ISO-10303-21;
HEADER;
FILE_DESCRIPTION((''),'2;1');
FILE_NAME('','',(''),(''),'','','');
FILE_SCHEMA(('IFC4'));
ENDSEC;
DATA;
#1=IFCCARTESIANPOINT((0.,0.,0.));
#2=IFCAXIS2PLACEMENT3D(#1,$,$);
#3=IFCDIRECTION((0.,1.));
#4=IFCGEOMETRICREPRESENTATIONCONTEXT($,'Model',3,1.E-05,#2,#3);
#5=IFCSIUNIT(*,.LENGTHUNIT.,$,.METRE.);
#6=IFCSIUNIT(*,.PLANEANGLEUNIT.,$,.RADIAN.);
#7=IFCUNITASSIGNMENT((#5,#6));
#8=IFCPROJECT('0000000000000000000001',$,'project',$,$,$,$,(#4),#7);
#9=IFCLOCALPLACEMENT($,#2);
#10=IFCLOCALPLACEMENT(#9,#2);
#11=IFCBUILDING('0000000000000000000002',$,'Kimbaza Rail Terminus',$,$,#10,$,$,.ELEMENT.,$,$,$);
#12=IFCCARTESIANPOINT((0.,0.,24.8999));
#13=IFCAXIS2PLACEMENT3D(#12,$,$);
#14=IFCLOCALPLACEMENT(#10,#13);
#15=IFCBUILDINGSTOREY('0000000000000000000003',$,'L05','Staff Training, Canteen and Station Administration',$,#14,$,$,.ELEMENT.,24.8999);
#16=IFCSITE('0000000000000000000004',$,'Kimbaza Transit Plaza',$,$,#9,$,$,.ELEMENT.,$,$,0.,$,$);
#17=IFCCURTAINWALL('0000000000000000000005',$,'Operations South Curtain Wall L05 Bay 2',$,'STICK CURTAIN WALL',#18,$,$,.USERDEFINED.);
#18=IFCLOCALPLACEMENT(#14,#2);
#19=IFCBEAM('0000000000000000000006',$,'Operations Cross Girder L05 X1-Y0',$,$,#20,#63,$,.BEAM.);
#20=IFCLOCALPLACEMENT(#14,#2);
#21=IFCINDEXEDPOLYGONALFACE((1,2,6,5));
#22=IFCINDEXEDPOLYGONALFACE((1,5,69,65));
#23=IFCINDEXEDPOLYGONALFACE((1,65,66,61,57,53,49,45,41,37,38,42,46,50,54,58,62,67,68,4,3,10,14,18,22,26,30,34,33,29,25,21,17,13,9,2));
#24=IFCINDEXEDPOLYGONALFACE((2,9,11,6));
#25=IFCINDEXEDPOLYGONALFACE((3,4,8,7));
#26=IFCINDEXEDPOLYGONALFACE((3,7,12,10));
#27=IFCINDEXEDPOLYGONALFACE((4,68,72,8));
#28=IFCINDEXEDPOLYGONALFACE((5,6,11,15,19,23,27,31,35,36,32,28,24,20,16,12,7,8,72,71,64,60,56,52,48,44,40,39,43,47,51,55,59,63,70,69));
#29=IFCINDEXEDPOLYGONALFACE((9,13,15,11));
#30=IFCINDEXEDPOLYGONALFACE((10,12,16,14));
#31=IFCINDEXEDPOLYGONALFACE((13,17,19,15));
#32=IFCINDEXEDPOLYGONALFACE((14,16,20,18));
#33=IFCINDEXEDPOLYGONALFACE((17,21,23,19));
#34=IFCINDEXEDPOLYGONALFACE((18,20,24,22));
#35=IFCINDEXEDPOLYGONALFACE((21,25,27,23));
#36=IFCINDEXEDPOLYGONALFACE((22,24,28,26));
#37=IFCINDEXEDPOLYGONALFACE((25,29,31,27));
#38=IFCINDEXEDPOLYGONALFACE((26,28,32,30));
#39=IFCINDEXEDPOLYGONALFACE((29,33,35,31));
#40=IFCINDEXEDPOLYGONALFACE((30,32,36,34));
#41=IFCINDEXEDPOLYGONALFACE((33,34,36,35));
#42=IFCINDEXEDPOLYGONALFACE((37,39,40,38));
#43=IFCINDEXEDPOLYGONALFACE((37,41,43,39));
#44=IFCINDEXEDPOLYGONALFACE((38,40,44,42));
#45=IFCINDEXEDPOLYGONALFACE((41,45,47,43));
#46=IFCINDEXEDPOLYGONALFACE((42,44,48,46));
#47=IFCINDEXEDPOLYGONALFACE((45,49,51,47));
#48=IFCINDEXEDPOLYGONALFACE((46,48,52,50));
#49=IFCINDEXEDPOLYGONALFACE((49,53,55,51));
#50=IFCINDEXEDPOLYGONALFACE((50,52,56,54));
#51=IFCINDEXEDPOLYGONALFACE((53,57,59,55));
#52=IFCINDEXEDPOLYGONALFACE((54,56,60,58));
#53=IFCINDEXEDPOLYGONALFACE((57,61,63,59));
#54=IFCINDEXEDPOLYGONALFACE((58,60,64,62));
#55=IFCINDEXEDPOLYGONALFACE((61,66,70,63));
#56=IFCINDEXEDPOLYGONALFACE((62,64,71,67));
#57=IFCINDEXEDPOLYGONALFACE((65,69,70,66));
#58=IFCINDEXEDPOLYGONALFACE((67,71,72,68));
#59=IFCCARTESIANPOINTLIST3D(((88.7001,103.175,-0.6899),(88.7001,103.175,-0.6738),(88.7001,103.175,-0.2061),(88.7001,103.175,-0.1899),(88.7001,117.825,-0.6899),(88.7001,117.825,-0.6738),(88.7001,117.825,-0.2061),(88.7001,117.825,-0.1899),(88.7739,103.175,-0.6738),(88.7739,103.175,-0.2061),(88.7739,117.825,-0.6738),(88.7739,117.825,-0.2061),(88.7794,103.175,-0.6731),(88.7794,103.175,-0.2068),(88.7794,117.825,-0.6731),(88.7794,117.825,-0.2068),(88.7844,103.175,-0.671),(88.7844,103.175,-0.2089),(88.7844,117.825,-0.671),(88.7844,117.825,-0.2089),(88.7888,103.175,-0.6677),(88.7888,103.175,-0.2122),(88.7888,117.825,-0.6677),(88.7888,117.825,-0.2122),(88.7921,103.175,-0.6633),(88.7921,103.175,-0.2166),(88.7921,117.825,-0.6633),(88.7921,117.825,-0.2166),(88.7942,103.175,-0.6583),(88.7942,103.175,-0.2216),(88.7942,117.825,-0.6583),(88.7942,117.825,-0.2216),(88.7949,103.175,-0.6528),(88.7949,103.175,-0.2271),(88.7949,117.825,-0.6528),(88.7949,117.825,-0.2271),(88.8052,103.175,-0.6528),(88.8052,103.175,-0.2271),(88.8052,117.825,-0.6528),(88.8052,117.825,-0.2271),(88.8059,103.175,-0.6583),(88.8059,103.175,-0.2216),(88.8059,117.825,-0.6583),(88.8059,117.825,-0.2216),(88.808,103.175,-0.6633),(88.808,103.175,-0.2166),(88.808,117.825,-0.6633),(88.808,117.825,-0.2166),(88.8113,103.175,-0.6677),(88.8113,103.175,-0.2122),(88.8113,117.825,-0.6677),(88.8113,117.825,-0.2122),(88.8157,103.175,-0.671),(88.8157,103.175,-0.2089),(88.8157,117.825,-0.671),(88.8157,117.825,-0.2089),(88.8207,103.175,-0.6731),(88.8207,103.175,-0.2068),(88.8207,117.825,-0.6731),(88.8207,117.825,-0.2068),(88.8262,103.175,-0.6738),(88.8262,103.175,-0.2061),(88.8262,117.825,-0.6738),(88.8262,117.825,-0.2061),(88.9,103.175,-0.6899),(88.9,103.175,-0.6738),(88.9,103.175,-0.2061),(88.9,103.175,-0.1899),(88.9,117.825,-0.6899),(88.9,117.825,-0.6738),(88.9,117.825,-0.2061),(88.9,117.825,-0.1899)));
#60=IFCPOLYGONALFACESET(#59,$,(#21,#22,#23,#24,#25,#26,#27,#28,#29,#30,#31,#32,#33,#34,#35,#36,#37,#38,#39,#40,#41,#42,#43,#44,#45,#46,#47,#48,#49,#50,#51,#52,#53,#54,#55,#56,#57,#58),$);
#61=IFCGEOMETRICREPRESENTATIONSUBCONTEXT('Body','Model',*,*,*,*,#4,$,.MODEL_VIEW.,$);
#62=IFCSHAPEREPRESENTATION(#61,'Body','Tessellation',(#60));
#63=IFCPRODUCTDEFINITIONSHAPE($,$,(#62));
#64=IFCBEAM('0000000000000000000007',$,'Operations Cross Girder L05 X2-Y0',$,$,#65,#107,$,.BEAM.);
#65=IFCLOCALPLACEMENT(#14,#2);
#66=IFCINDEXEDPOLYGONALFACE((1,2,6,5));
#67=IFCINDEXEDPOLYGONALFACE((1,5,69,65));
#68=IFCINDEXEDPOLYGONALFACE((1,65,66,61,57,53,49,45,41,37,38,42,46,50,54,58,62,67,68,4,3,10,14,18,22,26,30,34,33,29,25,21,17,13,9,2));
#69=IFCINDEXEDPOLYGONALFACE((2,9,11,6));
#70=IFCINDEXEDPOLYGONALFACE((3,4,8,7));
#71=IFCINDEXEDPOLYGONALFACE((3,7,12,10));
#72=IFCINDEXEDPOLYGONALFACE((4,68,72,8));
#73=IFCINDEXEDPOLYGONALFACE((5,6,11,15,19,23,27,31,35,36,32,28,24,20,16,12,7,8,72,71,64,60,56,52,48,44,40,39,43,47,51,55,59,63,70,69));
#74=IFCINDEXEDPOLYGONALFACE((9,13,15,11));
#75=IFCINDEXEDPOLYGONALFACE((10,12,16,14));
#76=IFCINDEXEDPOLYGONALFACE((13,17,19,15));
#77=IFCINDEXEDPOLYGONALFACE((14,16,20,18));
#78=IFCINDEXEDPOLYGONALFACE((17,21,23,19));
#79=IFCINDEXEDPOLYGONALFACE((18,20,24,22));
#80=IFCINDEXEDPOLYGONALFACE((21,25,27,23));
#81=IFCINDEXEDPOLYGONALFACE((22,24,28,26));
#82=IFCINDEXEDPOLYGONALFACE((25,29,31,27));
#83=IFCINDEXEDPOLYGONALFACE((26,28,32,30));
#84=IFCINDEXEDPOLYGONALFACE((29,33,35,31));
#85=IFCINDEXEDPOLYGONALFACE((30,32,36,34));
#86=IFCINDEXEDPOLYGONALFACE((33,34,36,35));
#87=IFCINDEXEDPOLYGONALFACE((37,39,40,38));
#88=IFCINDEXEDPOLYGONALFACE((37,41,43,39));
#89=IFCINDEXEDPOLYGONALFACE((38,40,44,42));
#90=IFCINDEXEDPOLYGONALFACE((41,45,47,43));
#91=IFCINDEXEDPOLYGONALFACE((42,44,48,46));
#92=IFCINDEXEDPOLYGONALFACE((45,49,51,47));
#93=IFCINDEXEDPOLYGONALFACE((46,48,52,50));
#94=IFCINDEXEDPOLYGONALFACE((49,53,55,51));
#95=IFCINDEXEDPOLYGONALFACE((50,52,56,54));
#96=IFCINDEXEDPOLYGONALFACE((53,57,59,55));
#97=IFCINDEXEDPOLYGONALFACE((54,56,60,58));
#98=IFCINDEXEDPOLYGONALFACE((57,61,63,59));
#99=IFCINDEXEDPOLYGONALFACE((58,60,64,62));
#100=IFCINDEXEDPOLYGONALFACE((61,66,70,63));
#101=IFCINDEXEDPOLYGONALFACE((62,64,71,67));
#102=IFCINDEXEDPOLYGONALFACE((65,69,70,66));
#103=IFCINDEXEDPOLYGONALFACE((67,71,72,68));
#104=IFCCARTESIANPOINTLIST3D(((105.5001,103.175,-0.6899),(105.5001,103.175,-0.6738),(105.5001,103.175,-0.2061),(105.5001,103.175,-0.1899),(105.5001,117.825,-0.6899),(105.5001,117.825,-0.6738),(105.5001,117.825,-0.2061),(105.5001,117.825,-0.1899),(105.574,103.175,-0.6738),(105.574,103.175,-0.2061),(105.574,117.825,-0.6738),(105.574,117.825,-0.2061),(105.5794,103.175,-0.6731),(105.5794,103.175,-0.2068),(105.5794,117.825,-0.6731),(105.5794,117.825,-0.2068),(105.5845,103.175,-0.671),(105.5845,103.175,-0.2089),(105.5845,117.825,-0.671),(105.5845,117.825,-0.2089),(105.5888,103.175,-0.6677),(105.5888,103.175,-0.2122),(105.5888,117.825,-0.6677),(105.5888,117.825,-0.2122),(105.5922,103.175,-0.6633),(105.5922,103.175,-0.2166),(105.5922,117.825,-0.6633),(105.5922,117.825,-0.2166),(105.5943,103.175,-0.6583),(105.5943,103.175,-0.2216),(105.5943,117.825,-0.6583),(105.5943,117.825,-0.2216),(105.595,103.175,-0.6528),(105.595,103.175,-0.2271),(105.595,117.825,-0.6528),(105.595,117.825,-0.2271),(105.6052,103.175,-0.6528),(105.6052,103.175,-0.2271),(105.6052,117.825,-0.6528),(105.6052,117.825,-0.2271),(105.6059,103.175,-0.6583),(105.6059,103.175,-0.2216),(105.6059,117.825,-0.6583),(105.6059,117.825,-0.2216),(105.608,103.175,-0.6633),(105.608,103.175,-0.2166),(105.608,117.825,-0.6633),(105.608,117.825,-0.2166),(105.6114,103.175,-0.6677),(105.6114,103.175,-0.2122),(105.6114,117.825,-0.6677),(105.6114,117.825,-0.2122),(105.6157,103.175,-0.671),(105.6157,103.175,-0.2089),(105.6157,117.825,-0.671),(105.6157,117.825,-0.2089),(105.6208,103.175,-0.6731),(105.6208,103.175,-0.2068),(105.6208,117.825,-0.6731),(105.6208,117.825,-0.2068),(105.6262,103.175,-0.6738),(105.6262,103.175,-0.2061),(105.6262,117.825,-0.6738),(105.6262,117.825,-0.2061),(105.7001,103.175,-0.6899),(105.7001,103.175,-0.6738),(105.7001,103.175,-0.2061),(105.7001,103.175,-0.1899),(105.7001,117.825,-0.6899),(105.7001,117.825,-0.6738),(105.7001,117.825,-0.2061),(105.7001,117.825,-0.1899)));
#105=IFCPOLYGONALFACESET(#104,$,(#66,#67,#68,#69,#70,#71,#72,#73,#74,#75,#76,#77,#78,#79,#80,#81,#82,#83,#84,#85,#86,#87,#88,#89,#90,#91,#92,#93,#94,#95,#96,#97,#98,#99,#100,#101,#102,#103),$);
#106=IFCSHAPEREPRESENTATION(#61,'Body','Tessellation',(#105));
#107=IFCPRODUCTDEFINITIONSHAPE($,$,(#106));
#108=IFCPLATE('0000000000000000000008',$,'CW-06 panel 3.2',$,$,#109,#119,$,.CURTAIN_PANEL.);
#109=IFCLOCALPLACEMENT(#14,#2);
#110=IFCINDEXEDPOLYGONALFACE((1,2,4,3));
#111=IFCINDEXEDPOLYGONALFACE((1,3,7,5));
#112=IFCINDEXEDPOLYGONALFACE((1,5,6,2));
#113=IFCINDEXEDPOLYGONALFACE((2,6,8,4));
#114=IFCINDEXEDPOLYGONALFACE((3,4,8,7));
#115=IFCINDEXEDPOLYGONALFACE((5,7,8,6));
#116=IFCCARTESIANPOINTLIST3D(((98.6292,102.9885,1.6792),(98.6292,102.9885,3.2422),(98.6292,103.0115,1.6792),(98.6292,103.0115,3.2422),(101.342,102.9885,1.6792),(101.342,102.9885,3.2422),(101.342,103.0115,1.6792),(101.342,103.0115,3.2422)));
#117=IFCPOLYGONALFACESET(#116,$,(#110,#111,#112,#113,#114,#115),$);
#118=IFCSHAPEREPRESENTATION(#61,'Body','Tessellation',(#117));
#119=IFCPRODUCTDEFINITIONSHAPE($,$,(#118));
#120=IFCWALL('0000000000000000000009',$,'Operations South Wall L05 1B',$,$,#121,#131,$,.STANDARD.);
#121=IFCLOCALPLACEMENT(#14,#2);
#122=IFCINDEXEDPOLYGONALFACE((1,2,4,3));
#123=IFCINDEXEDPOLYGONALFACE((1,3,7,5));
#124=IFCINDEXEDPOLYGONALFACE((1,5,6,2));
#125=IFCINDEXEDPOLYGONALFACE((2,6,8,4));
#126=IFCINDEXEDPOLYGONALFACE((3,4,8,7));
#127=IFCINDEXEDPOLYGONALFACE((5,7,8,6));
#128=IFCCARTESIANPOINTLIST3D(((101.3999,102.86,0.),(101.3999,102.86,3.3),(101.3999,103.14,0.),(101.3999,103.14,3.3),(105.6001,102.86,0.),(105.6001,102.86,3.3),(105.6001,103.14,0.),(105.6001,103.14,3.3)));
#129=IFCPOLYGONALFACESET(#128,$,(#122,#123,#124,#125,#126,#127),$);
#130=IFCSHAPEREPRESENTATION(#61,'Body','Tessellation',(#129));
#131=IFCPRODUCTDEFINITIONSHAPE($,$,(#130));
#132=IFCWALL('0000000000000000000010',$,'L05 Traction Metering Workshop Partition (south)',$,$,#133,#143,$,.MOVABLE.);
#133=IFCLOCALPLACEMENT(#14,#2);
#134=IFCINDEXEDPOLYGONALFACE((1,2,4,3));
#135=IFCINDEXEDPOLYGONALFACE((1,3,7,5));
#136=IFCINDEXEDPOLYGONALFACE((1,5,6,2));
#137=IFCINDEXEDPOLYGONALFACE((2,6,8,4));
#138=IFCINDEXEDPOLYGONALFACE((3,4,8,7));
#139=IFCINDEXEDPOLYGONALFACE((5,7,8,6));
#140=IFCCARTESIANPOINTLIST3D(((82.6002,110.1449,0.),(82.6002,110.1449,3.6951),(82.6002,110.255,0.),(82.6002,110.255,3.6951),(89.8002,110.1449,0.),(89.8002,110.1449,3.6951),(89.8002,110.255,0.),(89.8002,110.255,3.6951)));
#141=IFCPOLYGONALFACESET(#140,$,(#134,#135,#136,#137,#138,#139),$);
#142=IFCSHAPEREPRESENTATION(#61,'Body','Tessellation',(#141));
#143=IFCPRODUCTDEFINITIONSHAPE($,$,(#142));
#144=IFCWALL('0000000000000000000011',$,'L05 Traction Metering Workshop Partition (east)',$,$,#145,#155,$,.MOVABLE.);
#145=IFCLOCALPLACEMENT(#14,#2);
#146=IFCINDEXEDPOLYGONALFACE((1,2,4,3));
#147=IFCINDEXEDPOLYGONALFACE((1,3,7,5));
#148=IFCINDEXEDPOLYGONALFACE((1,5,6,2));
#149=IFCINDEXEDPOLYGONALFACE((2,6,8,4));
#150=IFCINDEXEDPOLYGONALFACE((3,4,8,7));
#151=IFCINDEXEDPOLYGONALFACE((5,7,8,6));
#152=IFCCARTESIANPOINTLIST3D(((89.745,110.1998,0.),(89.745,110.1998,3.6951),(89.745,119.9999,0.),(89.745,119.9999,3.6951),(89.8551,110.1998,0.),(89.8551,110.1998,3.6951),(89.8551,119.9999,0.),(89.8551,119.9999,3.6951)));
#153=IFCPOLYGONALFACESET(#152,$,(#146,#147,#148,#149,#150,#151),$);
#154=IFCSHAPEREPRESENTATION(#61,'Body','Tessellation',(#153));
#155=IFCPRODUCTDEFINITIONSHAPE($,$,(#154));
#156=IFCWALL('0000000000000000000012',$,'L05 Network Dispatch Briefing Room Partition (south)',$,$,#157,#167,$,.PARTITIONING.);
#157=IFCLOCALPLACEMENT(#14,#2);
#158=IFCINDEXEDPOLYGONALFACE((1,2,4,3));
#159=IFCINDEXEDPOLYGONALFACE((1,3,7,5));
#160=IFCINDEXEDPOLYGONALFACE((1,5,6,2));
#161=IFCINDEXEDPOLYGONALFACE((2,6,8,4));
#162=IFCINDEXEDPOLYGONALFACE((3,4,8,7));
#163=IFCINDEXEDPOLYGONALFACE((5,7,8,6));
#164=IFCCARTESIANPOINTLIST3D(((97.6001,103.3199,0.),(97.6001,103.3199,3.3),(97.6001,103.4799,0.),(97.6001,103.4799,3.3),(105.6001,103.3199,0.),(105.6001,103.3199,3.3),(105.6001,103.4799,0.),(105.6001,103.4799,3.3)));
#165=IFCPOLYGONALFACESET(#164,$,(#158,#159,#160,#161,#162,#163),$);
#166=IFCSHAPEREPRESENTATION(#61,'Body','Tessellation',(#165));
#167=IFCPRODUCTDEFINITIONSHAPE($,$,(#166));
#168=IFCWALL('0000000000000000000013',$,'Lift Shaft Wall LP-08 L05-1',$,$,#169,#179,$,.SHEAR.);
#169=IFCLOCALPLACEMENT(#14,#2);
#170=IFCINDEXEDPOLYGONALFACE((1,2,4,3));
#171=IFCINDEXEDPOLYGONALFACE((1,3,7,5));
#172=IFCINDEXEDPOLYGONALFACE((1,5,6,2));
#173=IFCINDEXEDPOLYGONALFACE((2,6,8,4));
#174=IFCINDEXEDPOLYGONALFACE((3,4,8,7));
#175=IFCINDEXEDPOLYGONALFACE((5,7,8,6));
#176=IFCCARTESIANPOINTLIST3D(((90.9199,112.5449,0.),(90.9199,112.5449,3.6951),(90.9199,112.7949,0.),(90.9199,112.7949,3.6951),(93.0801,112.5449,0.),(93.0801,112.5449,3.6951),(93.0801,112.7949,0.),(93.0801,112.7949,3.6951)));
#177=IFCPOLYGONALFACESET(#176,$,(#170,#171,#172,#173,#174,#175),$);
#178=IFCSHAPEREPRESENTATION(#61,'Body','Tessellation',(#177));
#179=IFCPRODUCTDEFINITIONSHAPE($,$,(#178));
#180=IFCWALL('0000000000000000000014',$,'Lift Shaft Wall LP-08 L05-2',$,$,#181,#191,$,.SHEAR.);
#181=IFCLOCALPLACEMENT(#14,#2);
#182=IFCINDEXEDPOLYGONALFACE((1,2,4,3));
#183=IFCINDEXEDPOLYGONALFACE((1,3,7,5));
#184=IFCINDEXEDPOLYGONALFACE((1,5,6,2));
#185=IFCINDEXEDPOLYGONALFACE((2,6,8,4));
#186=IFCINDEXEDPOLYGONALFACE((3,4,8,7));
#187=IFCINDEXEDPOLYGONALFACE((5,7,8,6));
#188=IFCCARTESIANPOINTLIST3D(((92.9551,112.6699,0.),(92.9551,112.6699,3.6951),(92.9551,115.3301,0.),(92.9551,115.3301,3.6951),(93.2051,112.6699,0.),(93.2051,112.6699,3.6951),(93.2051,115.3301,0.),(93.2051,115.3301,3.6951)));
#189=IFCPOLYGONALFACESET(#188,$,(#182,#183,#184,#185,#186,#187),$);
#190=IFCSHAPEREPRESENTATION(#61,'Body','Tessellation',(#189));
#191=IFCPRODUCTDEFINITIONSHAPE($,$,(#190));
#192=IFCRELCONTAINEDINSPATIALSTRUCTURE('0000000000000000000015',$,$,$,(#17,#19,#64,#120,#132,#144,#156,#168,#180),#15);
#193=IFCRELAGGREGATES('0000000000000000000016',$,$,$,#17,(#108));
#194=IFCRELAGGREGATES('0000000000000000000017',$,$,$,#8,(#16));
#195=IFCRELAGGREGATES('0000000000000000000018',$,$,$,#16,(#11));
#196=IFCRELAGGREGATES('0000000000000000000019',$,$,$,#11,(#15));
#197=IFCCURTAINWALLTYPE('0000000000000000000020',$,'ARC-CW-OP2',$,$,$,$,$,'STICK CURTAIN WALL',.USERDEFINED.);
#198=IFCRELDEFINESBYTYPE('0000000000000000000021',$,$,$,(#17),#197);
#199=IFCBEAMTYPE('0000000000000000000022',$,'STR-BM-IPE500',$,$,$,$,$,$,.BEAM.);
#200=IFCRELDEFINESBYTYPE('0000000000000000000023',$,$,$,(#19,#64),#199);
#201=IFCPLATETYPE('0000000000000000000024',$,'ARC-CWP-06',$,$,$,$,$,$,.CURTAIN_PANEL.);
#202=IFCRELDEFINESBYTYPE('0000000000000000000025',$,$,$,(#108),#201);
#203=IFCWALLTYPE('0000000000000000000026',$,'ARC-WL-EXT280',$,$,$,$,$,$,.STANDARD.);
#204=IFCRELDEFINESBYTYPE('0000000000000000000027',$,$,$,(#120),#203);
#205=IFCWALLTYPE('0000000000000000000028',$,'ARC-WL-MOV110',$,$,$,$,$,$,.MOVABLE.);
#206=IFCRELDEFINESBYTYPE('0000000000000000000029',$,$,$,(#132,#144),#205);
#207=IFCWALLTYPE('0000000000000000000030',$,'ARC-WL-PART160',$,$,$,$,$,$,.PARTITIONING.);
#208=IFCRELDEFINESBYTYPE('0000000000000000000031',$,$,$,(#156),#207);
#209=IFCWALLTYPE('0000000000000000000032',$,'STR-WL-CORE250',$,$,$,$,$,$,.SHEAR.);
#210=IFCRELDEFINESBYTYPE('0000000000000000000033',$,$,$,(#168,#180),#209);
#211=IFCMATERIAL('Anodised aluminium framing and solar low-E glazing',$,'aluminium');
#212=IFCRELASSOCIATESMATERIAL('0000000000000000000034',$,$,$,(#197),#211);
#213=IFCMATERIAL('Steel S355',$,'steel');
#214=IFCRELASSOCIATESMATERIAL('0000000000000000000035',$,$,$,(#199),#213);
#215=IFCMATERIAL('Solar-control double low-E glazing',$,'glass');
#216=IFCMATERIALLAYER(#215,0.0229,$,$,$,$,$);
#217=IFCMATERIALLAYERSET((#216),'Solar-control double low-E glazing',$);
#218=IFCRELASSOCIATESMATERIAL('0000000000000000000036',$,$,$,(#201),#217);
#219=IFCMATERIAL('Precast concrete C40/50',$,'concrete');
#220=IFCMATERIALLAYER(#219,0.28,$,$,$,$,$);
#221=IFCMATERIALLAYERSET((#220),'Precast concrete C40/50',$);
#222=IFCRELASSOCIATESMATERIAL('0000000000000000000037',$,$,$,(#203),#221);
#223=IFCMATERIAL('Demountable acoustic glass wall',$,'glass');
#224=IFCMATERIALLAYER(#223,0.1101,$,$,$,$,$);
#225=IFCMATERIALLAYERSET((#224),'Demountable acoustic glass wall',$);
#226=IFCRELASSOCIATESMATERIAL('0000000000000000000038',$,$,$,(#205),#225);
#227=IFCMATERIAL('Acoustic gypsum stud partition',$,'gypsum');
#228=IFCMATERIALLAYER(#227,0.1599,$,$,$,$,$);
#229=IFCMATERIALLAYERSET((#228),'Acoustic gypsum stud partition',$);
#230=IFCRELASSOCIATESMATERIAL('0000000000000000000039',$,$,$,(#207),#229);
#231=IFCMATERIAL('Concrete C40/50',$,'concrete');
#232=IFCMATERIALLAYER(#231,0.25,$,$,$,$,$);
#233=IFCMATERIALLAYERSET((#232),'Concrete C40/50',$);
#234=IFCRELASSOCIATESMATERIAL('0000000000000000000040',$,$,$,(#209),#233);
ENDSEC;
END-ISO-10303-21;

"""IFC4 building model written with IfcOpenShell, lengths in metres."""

from ifc_helpers import new_model, si_unit, direction, frame, frame_2d, origin, origin_2d, place, context, subcontext, project, spatial, rectangle, i_section, extrude, material, layer, layer_set, material_profile, profile_set, type_object, element, aggregate, save


model = new_model("IFC4")

# Units and contexts
model_context = context("Model", 3, precision=1e-05, world=origin(), true_north=direction((0.0, 1.0)))
body_context = subcontext(model_context, "Body", "Model", "MODEL_VIEW")
ifc_project = project(units=[si_unit("LENGTHUNIT", "METRE"), si_unit("PLANEANGLEUNIT", "RADIAN")], contexts=[model_context])

# Site, building, storey
site_placement = place(None, origin())
site = spatial("IfcSite", under=ifc_project, at=site_placement, Name="Kimbaza Transit Plaza", CompositionType="ELEMENT", RefElevation=0.0)
building_placement = place(site_placement, origin())
building = spatial("IfcBuilding", under=site, at=building_placement, Name="Kimbaza Rail Terminus", CompositionType="ELEMENT")
storey_placement = place(building_placement, frame((0.0, 0.0, 24.8999)))
storey = spatial("IfcBuildingStorey", under=building, at=storey_placement, Name="L05", Description="Staff Training, Canteen and Station Administration", CompositionType="ELEMENT", Elevation=24.8999)

# Curtain wall
ifc_material_1 = material(Name="Anodised aluminium framing and solar low-E glazing", Category="aluminium")
curtain_wall_type = type_object("IfcCurtainWallType", Name="ARC-CW-OP2", ElementType="STICK CURTAIN WALL", PredefinedType="USERDEFINED", material=ifc_material_1)
curtain_wall_placement = place(storey_placement, origin())
curtain_wall = element("IfcCurtainWall", 1, at=curtain_wall_placement, inside=storey, type_object=curtain_wall_type, Name="Operations South Curtain Wall L05 Bay 2", ObjectType="STICK CURTAIN WALL", PredefinedType="USERDEFINED")

# Beams
ifc_material_2 = material(Name="Steel S355", Category="steel")
ifc_material_profile_1 = material_profile(ifc_material_2, i_section(OverallWidth=0.2, OverallDepth=0.5, WebThickness=0.0103, FlangeThickness=0.0161, FilletRadius=0.021, at=origin_2d()), Name="IPE 500")
ifc_profile_set_1 = profile_set([ifc_material_profile_1], Name="Steel S355")
beam_type_1 = type_object("IfcBeamType", Name="STR-BM-IPE500", PredefinedType="BEAM", material=ifc_profile_set_1)
for number, where, z_axis, x_axis, name in (
    (2, (88.8, 103.175, -0.4399), (0.0, 1.0, 0.0), (-1.0, 0.0, 0.0), "Operations Cross Girder L05 X1-Y0"),
    (3, (105.6001, 103.175, -0.4399), (0.0, 1.0, 0.0), (-1.0, 0.0, 0.0), "Operations Cross Girder L05 X2-Y0"),
):
    element("IfcBeam", number, at=place(storey_placement, frame(where, z_axis=z_axis, x_axis=x_axis)), inside=storey, type_object=beam_type_1, Name=name, PredefinedType="BEAM", context=body_context, shape_type="SweptSolid", body=[
        extrude(i_section(OverallWidth=0.2, OverallDepth=0.5, WebThickness=0.0103, FlangeThickness=0.0161, FilletRadius=0.021, at=origin_2d()), origin(), (0.0, 0.0, 1.0), 14.6499),
    ])

# Plate
ifc_material_3 = material(Name="Solar-control double low-E glazing", Category="glass")
ifc_layer_1 = layer(ifc_material_3, 0.0229)
ifc_layer_set_1 = layer_set([ifc_layer_1], Name="Solar-control double low-E glazing")
plate_type = type_object("IfcPlateType", Name="ARC-CWP-06", PredefinedType="CURTAIN_PANEL", material=ifc_layer_set_1)
plate_placement = place(storey_placement, frame((99.9856, 103.0, 1.6792), z_axis=(0.0, 0.0, 1.0), x_axis=(1.0, 0.0, 0.0)))
plate = element("IfcPlate", 4, at=plate_placement, type_object=plate_type, Name="CW-06 panel 3.2", PredefinedType="CURTAIN_PANEL", context=body_context, shape_type="SweptSolid", body=[
    extrude(rectangle(XDim=2.7129, YDim=0.0229, at=origin_2d()), origin(), (0.0, 0.0, 1.0), 1.563),
])
aggregate(curtain_wall, [plate])

# Walls
ifc_material_4 = material(Name="Precast concrete C40/50", Category="concrete")
ifc_layer_2 = layer(ifc_material_4, 0.28)
ifc_layer_set_2 = layer_set([ifc_layer_2], Name="Precast concrete C40/50")
wall_type_1 = type_object("IfcWallType", Name="ARC-WL-EXT280", PredefinedType="STANDARD", material=ifc_layer_set_2)
wall_1_placement = place(storey_placement, frame((101.3999, 103.0, 0.0), z_axis=(0.0, 0.0, 1.0), x_axis=(1.0, 0.0, 0.0)))
element("IfcWall", 5, at=wall_1_placement, inside=storey, type_object=wall_type_1, Name="Operations South Wall L05 1B", PredefinedType="STANDARD", context=body_context, shape_type="SweptSolid", body=[
    extrude(rectangle(XDim=4.2002, YDim=0.28, at=frame_2d((2.1001, 0.0))), origin(), (0.0, 0.0, 1.0), 3.3),
])
ifc_material_5 = material(Name="Demountable acoustic glass wall", Category="glass")
ifc_layer_3 = layer(ifc_material_5, 0.1101)
ifc_layer_set_3 = layer_set([ifc_layer_3], Name="Demountable acoustic glass wall")
wall_type_2 = type_object("IfcWallType", Name="ARC-WL-MOV110", PredefinedType="MOVABLE", material=ifc_layer_set_3)
wall_2_placement = place(storey_placement, frame((82.6001, 110.2, 0.0), z_axis=(0.0, 0.0, 1.0), x_axis=(1.0, 0.0, 0.0)))
element("IfcWall", 6, at=wall_2_placement, inside=storey, type_object=wall_type_2, Name="L05 Traction Metering Workshop Partition (south)", PredefinedType="MOVABLE", context=body_context, shape_type="SweptSolid", body=[
    extrude(rectangle(XDim=7.2, YDim=0.1101, at=frame_2d((3.6001, 0.0))), origin(), (0.0, 0.0, 1.0), 3.6951),
])
wall_3_placement = place(storey_placement, frame((89.8, 110.2, 0.0), z_axis=(0.0, 0.0, 1.0), x_axis=(0.0, 1.0, 0.0)))
element("IfcWall", 7, at=wall_3_placement, inside=storey, type_object=wall_type_2, Name="L05 Traction Metering Workshop Partition (east)", PredefinedType="MOVABLE", context=body_context, shape_type="SweptSolid", body=[
    extrude(rectangle(XDim=9.8, YDim=0.1101, at=frame_2d((4.8999, 0.0))), origin(), (0.0, 0.0, 1.0), 3.6951),
])
ifc_material_6 = material(Name="Acoustic gypsum stud partition", Category="gypsum")
ifc_layer_4 = layer(ifc_material_6, 0.1599)
ifc_layer_set_4 = layer_set([ifc_layer_4], Name="Acoustic gypsum stud partition")
wall_type_3 = type_object("IfcWallType", Name="ARC-WL-PART160", PredefinedType="PARTITIONING", material=ifc_layer_set_4)
wall_4_placement = place(storey_placement, frame((97.6001, 103.3999, 0.0), z_axis=(0.0, 0.0, 1.0), x_axis=(1.0, 0.0, 0.0)))
element("IfcWall", 8, at=wall_4_placement, inside=storey, type_object=wall_type_3, Name="L05 Network Dispatch Briefing Room Partition (south)", PredefinedType="PARTITIONING", context=body_context, shape_type="SweptSolid", body=[
    extrude(rectangle(XDim=8.0, YDim=0.1599, at=frame_2d((4.0, 0.0))), origin(), (0.0, 0.0, 1.0), 3.3),
])
ifc_material_7 = material(Name="Concrete C40/50", Category="concrete")
ifc_layer_5 = layer(ifc_material_7, 0.25)
ifc_layer_set_5 = layer_set([ifc_layer_5], Name="Concrete C40/50")
wall_type_4 = type_object("IfcWallType", Name="STR-WL-CORE250", PredefinedType="SHEAR", material=ifc_layer_set_5)
wall_5_placement = place(storey_placement, frame((90.9199, 112.6699, 0.0), z_axis=(0.0, 0.0, 1.0), x_axis=(1.0, 0.0, 0.0)))
element("IfcWall", 9, at=wall_5_placement, inside=storey, type_object=wall_type_4, Name="Lift Shaft Wall LP-08 L05-1", PredefinedType="SHEAR", context=body_context, shape_type="SweptSolid", body=[
    extrude(rectangle(XDim=2.1602, YDim=0.25, at=frame_2d((1.0801, 0.0))), origin(), (0.0, 0.0, 1.0), 3.6951),
])
wall_6_placement = place(storey_placement, frame((93.0801, 112.6699, 0.0), z_axis=(0.0, 0.0, 1.0), x_axis=(0.0, 1.0, 0.0)))
element("IfcWall", 10, at=wall_6_placement, inside=storey, type_object=wall_type_4, Name="Lift Shaft Wall LP-08 L05-2", PredefinedType="SHEAR", context=body_context, shape_type="SweptSolid", body=[
    extrude(rectangle(XDim=2.6602, YDim=0.25, at=frame_2d((1.3301, 0.0))), origin(), (0.0, 0.0, 1.0), 3.6951),
])

save(model, "model.ifc")
